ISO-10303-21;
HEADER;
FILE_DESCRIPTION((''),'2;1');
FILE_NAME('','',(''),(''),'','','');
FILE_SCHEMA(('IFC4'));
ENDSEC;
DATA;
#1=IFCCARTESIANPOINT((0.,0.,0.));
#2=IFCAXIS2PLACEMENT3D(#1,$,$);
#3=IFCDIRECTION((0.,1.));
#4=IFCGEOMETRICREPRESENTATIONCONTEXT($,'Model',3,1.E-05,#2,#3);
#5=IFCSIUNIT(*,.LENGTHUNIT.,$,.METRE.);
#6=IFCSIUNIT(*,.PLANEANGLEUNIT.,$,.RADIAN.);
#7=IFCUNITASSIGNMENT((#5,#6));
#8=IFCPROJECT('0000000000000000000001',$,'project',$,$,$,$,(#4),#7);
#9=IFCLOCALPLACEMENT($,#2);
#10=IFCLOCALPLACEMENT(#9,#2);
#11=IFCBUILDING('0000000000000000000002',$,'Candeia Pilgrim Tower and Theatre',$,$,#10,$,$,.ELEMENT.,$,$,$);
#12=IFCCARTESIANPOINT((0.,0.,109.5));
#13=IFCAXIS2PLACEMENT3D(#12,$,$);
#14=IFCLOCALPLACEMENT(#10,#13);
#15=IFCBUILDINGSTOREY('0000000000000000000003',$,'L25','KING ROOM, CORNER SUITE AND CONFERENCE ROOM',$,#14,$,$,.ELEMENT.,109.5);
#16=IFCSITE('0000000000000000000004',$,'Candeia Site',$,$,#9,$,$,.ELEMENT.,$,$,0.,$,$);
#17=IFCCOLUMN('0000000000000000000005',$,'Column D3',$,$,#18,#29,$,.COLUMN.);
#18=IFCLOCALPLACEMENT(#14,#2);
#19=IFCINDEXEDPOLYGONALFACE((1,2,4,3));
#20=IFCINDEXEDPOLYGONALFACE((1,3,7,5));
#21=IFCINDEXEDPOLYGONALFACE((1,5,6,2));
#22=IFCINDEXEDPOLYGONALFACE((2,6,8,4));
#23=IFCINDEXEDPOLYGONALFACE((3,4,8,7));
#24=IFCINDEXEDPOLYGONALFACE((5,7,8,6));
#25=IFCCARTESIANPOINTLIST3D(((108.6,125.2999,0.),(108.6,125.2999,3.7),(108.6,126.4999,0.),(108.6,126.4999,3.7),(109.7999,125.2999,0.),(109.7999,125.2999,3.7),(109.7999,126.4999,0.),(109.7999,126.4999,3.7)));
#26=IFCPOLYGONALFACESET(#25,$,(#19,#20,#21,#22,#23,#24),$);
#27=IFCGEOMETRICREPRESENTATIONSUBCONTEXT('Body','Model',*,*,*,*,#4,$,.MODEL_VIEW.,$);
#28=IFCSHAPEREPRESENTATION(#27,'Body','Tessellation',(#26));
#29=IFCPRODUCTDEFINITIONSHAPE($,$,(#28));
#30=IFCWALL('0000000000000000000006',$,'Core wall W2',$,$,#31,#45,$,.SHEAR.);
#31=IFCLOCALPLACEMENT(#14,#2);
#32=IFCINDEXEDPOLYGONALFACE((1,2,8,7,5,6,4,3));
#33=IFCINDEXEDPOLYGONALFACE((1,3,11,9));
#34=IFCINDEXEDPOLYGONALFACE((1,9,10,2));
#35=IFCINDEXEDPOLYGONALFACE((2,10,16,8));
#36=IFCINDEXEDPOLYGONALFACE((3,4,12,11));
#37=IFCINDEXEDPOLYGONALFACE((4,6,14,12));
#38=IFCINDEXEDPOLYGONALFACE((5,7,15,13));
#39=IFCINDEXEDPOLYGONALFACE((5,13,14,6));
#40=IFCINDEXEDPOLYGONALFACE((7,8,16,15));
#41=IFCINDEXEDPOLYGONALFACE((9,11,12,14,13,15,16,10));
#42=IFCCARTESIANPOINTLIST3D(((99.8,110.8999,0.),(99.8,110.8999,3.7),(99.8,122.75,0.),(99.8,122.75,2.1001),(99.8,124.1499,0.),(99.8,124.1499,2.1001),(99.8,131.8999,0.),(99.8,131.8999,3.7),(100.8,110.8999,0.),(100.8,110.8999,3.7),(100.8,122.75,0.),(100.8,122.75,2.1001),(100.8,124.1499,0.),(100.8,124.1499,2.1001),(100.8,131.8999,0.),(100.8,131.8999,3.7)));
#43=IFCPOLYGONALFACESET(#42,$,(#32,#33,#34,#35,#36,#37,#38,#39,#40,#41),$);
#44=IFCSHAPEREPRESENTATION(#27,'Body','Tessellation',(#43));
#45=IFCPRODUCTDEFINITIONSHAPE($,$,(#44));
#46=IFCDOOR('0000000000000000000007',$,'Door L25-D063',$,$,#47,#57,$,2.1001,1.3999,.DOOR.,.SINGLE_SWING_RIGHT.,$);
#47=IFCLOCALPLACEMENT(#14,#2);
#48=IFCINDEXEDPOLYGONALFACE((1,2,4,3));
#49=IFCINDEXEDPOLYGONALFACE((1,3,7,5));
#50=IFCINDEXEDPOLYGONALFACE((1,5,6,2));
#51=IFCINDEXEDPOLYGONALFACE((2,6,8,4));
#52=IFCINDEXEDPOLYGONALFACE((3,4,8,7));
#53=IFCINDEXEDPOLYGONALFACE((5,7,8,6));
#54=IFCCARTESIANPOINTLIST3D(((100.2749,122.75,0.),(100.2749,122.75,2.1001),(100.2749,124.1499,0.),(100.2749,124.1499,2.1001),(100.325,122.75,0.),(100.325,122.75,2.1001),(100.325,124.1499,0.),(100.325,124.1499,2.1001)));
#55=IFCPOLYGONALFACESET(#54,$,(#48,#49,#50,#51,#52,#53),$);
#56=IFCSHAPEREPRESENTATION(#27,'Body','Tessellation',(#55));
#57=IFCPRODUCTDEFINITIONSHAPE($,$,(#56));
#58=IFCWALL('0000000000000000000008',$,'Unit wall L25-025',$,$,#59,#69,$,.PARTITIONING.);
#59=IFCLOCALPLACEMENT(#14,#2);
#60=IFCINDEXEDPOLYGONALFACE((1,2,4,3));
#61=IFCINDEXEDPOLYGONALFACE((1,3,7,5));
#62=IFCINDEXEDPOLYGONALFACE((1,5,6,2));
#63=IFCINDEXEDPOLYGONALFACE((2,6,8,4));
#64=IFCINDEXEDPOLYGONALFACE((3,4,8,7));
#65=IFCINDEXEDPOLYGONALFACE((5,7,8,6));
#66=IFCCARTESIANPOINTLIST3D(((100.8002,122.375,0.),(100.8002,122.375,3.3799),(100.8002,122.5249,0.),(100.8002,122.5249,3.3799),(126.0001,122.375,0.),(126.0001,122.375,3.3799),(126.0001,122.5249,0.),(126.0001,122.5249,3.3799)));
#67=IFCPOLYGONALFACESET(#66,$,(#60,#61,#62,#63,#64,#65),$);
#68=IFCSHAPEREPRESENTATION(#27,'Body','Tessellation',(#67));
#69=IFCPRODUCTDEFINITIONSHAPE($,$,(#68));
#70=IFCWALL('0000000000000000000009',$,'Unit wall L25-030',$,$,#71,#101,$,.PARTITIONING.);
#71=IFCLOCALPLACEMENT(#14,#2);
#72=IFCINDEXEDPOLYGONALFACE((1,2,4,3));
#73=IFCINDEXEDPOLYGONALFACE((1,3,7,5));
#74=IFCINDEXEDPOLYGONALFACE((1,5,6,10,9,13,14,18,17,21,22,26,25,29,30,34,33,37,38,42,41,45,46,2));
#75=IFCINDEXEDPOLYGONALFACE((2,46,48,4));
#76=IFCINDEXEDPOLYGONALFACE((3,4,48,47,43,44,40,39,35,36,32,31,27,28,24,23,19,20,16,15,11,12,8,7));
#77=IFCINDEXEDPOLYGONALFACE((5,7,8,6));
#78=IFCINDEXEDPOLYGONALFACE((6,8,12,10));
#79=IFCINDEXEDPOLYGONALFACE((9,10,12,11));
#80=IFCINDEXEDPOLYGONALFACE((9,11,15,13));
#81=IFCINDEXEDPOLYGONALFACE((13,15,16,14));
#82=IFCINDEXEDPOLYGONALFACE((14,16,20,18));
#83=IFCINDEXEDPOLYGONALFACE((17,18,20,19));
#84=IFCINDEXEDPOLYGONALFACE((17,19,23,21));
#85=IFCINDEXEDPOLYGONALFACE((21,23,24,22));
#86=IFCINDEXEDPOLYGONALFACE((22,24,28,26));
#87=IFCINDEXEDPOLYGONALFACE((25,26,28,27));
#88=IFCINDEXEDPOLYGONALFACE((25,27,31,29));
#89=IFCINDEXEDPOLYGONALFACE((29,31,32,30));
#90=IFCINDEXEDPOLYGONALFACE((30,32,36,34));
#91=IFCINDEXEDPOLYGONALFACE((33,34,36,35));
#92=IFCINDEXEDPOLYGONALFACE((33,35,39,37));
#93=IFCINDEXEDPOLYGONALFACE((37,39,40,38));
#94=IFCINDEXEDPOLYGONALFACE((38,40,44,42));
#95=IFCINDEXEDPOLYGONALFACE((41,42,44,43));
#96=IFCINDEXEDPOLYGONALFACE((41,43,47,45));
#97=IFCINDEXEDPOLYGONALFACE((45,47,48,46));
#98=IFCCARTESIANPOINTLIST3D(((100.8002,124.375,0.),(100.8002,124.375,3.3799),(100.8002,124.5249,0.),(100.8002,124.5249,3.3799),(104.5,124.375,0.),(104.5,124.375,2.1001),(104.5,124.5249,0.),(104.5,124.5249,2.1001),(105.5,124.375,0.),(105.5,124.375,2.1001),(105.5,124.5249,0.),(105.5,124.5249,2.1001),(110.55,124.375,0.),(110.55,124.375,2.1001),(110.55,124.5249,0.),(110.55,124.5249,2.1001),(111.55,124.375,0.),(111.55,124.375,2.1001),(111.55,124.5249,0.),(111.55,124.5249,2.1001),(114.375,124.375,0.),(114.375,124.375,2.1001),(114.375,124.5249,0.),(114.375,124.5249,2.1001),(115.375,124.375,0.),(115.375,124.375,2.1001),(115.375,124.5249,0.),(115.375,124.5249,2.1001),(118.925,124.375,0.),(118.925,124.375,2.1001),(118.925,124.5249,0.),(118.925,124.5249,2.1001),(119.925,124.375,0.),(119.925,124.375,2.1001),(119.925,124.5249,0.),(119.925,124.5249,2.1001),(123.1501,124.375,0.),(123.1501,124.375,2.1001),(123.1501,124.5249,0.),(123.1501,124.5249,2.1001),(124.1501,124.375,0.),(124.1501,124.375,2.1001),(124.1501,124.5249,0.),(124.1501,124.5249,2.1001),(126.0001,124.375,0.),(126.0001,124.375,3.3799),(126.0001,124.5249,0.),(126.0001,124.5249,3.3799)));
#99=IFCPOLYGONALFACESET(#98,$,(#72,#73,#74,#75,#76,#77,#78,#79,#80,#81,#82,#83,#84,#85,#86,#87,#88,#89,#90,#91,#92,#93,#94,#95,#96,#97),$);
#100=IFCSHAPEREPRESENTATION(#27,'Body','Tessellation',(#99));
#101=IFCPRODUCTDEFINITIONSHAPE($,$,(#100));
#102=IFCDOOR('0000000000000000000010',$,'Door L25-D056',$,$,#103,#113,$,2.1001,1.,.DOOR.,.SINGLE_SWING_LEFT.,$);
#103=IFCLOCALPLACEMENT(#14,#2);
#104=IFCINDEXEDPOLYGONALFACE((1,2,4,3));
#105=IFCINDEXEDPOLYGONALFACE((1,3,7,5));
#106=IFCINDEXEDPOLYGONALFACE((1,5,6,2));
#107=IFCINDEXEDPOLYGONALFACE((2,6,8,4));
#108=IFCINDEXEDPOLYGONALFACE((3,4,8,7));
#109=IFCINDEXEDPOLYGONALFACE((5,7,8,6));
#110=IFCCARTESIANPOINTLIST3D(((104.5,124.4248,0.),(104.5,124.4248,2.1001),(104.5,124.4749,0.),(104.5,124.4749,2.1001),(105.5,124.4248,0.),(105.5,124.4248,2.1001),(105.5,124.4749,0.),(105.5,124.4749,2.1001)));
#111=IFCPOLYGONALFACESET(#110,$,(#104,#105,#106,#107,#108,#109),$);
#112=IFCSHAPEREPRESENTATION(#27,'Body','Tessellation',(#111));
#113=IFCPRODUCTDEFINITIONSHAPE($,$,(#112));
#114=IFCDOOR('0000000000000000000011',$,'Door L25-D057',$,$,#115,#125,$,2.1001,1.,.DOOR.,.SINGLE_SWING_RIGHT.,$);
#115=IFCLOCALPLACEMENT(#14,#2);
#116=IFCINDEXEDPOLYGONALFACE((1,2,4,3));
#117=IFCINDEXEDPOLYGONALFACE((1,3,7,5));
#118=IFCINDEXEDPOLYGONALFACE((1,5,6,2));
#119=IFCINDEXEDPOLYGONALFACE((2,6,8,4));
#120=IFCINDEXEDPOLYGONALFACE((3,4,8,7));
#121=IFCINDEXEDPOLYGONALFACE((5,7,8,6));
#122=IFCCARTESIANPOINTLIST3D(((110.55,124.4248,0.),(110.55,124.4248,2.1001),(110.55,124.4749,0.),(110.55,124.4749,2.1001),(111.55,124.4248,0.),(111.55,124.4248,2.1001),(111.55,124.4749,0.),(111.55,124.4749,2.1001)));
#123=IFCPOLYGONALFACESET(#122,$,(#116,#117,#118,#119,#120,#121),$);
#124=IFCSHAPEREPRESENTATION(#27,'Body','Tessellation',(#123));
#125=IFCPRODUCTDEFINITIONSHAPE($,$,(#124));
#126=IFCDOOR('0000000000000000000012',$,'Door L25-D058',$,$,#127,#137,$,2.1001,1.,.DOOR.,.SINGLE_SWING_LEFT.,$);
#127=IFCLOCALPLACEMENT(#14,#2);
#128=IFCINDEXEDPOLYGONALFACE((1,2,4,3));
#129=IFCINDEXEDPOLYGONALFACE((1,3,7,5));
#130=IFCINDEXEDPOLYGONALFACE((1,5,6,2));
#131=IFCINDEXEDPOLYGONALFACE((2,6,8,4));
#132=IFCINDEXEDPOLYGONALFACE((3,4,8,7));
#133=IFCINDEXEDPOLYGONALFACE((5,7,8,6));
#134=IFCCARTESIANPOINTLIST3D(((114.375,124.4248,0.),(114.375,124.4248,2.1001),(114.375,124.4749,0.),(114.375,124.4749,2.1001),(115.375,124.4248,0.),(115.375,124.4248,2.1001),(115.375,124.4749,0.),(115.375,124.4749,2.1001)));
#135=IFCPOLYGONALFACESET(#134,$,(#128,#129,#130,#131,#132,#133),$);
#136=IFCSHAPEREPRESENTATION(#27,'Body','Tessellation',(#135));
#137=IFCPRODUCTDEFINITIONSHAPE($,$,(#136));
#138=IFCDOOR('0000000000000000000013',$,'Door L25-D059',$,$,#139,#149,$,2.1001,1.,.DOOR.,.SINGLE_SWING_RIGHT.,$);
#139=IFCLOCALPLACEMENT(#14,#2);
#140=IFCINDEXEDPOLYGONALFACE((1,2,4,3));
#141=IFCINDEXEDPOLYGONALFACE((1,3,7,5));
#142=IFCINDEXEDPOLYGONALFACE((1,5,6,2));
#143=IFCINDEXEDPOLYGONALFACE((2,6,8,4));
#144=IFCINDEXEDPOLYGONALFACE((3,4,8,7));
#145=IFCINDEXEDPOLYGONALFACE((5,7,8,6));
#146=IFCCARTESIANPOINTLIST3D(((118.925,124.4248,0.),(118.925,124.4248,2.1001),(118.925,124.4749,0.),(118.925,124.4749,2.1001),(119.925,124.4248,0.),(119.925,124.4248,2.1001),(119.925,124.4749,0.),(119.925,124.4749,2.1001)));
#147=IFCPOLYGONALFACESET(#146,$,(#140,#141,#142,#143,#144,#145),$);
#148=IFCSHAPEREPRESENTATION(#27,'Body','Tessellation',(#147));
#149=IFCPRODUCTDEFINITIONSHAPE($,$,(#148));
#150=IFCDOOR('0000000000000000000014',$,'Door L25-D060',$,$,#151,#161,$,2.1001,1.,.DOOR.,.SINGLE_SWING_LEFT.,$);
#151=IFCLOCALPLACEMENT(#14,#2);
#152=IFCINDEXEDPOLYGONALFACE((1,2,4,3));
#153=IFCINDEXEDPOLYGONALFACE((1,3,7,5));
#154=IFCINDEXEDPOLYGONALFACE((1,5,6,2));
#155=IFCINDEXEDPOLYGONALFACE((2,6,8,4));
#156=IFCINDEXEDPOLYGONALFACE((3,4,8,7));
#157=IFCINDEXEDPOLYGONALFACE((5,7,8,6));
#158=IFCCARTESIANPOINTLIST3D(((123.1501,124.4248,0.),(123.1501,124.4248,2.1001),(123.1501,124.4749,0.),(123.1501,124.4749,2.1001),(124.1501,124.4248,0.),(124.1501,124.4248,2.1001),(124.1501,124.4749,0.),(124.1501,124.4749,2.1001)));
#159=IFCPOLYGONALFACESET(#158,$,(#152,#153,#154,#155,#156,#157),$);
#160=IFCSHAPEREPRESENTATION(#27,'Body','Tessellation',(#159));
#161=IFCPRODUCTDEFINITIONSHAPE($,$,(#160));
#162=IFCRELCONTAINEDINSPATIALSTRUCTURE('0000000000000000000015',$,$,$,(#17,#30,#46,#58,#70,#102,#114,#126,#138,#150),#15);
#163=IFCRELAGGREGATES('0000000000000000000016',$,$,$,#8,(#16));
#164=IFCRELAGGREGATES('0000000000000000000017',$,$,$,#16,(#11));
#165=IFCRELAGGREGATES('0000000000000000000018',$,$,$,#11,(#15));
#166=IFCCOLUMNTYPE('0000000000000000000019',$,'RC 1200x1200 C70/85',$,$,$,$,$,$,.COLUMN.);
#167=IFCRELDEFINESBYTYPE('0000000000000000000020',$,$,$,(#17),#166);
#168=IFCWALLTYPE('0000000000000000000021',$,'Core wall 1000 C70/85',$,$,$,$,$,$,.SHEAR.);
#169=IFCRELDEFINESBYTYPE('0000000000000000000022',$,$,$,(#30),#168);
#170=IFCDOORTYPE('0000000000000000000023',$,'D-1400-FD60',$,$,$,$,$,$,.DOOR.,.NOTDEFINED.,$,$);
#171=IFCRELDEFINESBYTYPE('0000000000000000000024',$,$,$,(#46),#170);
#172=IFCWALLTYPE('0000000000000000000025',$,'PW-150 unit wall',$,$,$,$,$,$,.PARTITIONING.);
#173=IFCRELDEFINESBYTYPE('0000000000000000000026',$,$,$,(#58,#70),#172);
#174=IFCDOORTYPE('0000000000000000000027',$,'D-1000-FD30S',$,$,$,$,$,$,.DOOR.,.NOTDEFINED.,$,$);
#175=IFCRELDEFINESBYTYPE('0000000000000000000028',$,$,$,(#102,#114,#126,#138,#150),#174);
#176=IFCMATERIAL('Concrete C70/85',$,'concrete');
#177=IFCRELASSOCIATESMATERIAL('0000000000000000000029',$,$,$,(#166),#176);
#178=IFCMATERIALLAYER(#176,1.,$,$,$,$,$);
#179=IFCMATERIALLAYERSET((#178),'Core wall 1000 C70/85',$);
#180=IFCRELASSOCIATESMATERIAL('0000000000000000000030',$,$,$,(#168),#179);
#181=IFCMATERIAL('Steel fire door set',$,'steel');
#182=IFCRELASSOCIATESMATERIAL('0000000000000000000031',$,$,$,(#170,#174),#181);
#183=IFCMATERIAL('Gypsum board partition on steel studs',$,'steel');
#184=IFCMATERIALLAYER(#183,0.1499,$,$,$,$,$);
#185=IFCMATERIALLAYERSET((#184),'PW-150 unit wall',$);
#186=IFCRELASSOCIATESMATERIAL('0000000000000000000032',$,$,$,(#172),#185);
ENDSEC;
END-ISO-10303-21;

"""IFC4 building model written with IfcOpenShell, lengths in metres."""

from ifc_helpers import new_model, si_unit, direction, frame, frame_2d, origin, origin_2d, place, context, subcontext, project, spatial, rectangle, extrude, material, layer, layer_set, material_profile, profile_set, type_object, element, fill, save


model = new_model("IFC4")

# Units and contexts
model_context = context("Model", 3, precision=1e-05, world=origin(), true_north=direction((0.0, 1.0)))
body_context = subcontext(model_context, "Body", "Model", "MODEL_VIEW")
ifc_project = project(units=[si_unit("LENGTHUNIT", "METRE"), si_unit("PLANEANGLEUNIT", "RADIAN")], contexts=[model_context])

# Site, building, storey
site_placement = place(None, origin())
site = spatial("IfcSite", under=ifc_project, at=site_placement, Name="Candeia Site", CompositionType="ELEMENT", RefElevation=0.0)
building_placement = place(site_placement, origin())
building = spatial("IfcBuilding", under=site, at=building_placement, Name="Candeia Pilgrim Tower and Theatre", CompositionType="ELEMENT")
storey_placement = place(building_placement, frame((0.0, 0.0, 109.5)))
storey = spatial("IfcBuildingStorey", under=building, at=storey_placement, Name="L25", Description="KING ROOM, CORNER SUITE AND CONFERENCE ROOM", CompositionType="ELEMENT", Elevation=109.5)

# Column
ifc_material_1 = material(Name="Concrete C70/85", Category="concrete")
ifc_material_profile = material_profile(ifc_material_1, rectangle(XDim=1.2, YDim=1.2, at=origin_2d()))
ifc_profile_set = profile_set([ifc_material_profile], Name="Concrete C70/85")
column_type = type_object("IfcColumnType", Name="RC 1200x1200 C70/85", PredefinedType="COLUMN", material=ifc_profile_set)
column_placement = place(storey_placement, frame((109.2, 125.8999, 0.0), z_axis=(0.0, 0.0, 1.0), x_axis=(1.0, 0.0, 0.0)))
element("IfcColumn", 1, at=column_placement, inside=storey, type_object=column_type, Name="Column D3", PredefinedType="COLUMN", context=body_context, shape_type="SweptSolid", body=[
    extrude(rectangle(XDim=1.2, YDim=1.2, at=origin_2d()), origin(), (0.0, 0.0, 1.0), 3.7),
])

# Wall, opening, door
ifc_layer_1 = layer(ifc_material_1, 1.0)
ifc_layer_set_1 = layer_set([ifc_layer_1], Name="Core wall 1000 C70/85")
wall_type_1 = type_object("IfcWallType", Name="Core wall 1000 C70/85", PredefinedType="SHEAR", material=ifc_layer_set_1)
wall_1_placement = place(storey_placement, frame((100.3, 131.8999, 0.0), z_axis=(0.0, 0.0, 1.0), x_axis=(0.0, -1.0, 0.0)))
wall_1 = element("IfcWall", 2, at=wall_1_placement, inside=storey, type_object=wall_type_1, Name="Core wall W2", PredefinedType="SHEAR", context=body_context, shape_type="SweptSolid", body=[
    extrude(rectangle(XDim=21.0, YDim=1.0, at=frame_2d((10.5, 0.0))), origin(), (0.0, 0.0, 1.0), 3.7),
])
opening_1_placement = place(wall_1_placement, frame((7.75, 0.0, 0.0)))
opening_1 = element("IfcOpeningElement", 3, at=opening_1_placement, cuts=wall_1, PredefinedType="OPENING", context=body_context, shape_type="SweptSolid", body=[
    extrude(rectangle(XDim=1.3999, YDim=2.1001, at=frame_2d((0.7, 1.05))), frame((0.0, 0.51, 0.0), z_axis=(0.0, -1.0, 0.0), x_axis=(1.0, 0.0, 0.0)), (0.0, 0.0, 1.0), 1.02),
])
ifc_material_2 = material(Name="Steel fire door set", Category="steel")
door_type_1 = type_object("IfcDoorType", Name="D-1400-FD60", OperationType="NOTDEFINED", PredefinedType="DOOR", material=ifc_material_2)
door_1_placement = place(opening_1_placement, origin())
door_1 = element("IfcDoor", 4, at=door_1_placement, inside=storey, type_object=door_type_1, Name="Door L25-D063", OperationType="SINGLE_SWING_RIGHT", OverallHeight=2.1001, OverallWidth=1.3999, PredefinedType="DOOR", context=body_context, shape_type="SweptSolid", body=[
    extrude(rectangle(XDim=1.3999, YDim=2.1001, at=frame_2d((0.7, 1.05))), frame((0.0, 0.0249, 0.0), z_axis=(0.0, -1.0, 0.0), x_axis=(1.0, 0.0, 0.0)), (0.0, 0.0, 1.0), 0.05),
])
fill(opening_1, door_1)

# Wall
ifc_material_3 = material(Name="Gypsum board partition on steel studs", Category="steel")
ifc_layer_2 = layer(ifc_material_3, 0.1499)
ifc_layer_set_2 = layer_set([ifc_layer_2], Name="PW-150 unit wall")
wall_type_2 = type_object("IfcWallType", Name="PW-150 unit wall", PredefinedType="PARTITIONING", material=ifc_layer_set_2)
wall_2_placement = place(storey_placement, frame((100.8, 122.45, 0.0), z_axis=(0.0, 0.0, 1.0), x_axis=(1.0, 0.0, 0.0)))
element("IfcWall", 5, at=wall_2_placement, inside=storey, type_object=wall_type_2, Name="Unit wall L25-025", PredefinedType="PARTITIONING", context=body_context, shape_type="SweptSolid", body=[
    extrude(rectangle(XDim=25.2, YDim=0.1499, at=frame_2d((12.6001, 0.0))), origin(), (0.0, 0.0, 1.0), 3.3799),
])

# Wall, openings, doors
wall_3_placement = place(storey_placement, frame((100.8, 124.45, 0.0), z_axis=(0.0, 0.0, 1.0), x_axis=(1.0, 0.0, 0.0)))
wall_3 = element("IfcWall", 6, at=wall_3_placement, inside=storey, type_object=wall_type_2, Name="Unit wall L25-030", PredefinedType="PARTITIONING", context=body_context, shape_type="SweptSolid", body=[
    extrude(rectangle(XDim=25.2, YDim=0.1499, at=frame_2d((12.6001, 0.0))), origin(), (0.0, 0.0, 1.0), 3.3799),
])
opening_2_placement = place(wall_3_placement, frame((3.7, 0.0, 0.0)))
opening_2 = element("IfcOpeningElement", 7, at=opening_2_placement, cuts=wall_3, PredefinedType="OPENING", context=body_context, shape_type="SweptSolid", body=[
    extrude(rectangle(XDim=1.0, YDim=2.1001, at=frame_2d((0.5, 1.05))), frame((0.0, 0.085, 0.0), z_axis=(0.0, -1.0, 0.0), x_axis=(1.0, 0.0, 0.0)), (0.0, 0.0, 1.0), 0.1699),
])
opening_3_placement = place(wall_3_placement, frame((9.75, 0.0, 0.0)))
opening_3 = element("IfcOpeningElement", 8, at=opening_3_placement, cuts=wall_3, PredefinedType="OPENING", context=body_context, shape_type="SweptSolid", body=[
    extrude(rectangle(XDim=1.0, YDim=2.1001, at=frame_2d((0.5, 1.05))), frame((0.0, 0.085, 0.0), z_axis=(0.0, -1.0, 0.0), x_axis=(1.0, 0.0, 0.0)), (0.0, 0.0, 1.0), 0.1699),
])
opening_4_placement = place(wall_3_placement, frame((13.575, 0.0, 0.0)))
opening_4 = element("IfcOpeningElement", 9, at=opening_4_placement, cuts=wall_3, PredefinedType="OPENING", context=body_context, shape_type="SweptSolid", body=[
    extrude(rectangle(XDim=1.0, YDim=2.1001, at=frame_2d((0.5, 1.05))), frame((0.0, 0.085, 0.0), z_axis=(0.0, -1.0, 0.0), x_axis=(1.0, 0.0, 0.0)), (0.0, 0.0, 1.0), 0.1699),
])
opening_5_placement = place(wall_3_placement, frame((18.125, 0.0, 0.0)))
opening_5 = element("IfcOpeningElement", 10, at=opening_5_placement, cuts=wall_3, PredefinedType="OPENING", context=body_context, shape_type="SweptSolid", body=[
    extrude(rectangle(XDim=1.0, YDim=2.1001, at=frame_2d((0.5, 1.05))), frame((0.0, 0.085, 0.0), z_axis=(0.0, -1.0, 0.0), x_axis=(1.0, 0.0, 0.0)), (0.0, 0.0, 1.0), 0.1699),
])
opening_6_placement = place(wall_3_placement, frame((22.3501, 0.0, 0.0)))
opening_6 = element("IfcOpeningElement", 11, at=opening_6_placement, cuts=wall_3, PredefinedType="OPENING", context=body_context, shape_type="SweptSolid", body=[
    extrude(rectangle(XDim=1.0, YDim=2.1001, at=frame_2d((0.5, 1.05))), frame((0.0, 0.085, 0.0), z_axis=(0.0, -1.0, 0.0), x_axis=(1.0, 0.0, 0.0)), (0.0, 0.0, 1.0), 0.1699),
])
door_type_2 = type_object("IfcDoorType", Name="D-1000-FD30S", OperationType="NOTDEFINED", PredefinedType="DOOR", material=ifc_material_2)
door_2_placement = place(opening_2_placement, origin())
door_2 = element("IfcDoor", 12, at=door_2_placement, inside=storey, type_object=door_type_2, Name="Door L25-D056", OperationType="SINGLE_SWING_LEFT", OverallHeight=2.1001, OverallWidth=1.0, PredefinedType="DOOR", context=body_context, shape_type="SweptSolid", body=[
    extrude(rectangle(XDim=1.0, YDim=2.1001, at=frame_2d((0.5, 1.05))), frame((0.0, 0.0249, 0.0), z_axis=(0.0, -1.0, 0.0), x_axis=(1.0, 0.0, 0.0)), (0.0, 0.0, 1.0), 0.05),
])
fill(opening_2, door_2)
door_3_placement = place(opening_3_placement, origin())
door_3 = element("IfcDoor", 13, at=door_3_placement, inside=storey, type_object=door_type_2, Name="Door L25-D057", OperationType="SINGLE_SWING_RIGHT", OverallHeight=2.1001, OverallWidth=1.0, PredefinedType="DOOR", context=body_context, shape_type="SweptSolid", body=[
    extrude(rectangle(XDim=1.0, YDim=2.1001, at=frame_2d((0.5, 1.05))), frame((0.0, 0.0249, 0.0), z_axis=(0.0, -1.0, 0.0), x_axis=(1.0, 0.0, 0.0)), (0.0, 0.0, 1.0), 0.05),
])
fill(opening_3, door_3)
door_4_placement = place(opening_4_placement, origin())
door_4 = element("IfcDoor", 14, at=door_4_placement, inside=storey, type_object=door_type_2, Name="Door L25-D058", OperationType="SINGLE_SWING_LEFT", OverallHeight=2.1001, OverallWidth=1.0, PredefinedType="DOOR", context=body_context, shape_type="SweptSolid", body=[
    extrude(rectangle(XDim=1.0, YDim=2.1001, at=frame_2d((0.5, 1.05))), frame((0.0, 0.0249, 0.0), z_axis=(0.0, -1.0, 0.0), x_axis=(1.0, 0.0, 0.0)), (0.0, 0.0, 1.0), 0.05),
])
fill(opening_4, door_4)
door_5_placement = place(opening_5_placement, origin())
door_5 = element("IfcDoor", 15, at=door_5_placement, inside=storey, type_object=door_type_2, Name="Door L25-D059", OperationType="SINGLE_SWING_RIGHT", OverallHeight=2.1001, OverallWidth=1.0, PredefinedType="DOOR", context=body_context, shape_type="SweptSolid", body=[
    extrude(rectangle(XDim=1.0, YDim=2.1001, at=frame_2d((0.5, 1.05))), frame((0.0, 0.0249, 0.0), z_axis=(0.0, -1.0, 0.0), x_axis=(1.0, 0.0, 0.0)), (0.0, 0.0, 1.0), 0.05),
])
fill(opening_5, door_5)
door_6_placement = place(opening_6_placement, origin())
door_6 = element("IfcDoor", 16, at=door_6_placement, inside=storey, type_object=door_type_2, Name="Door L25-D060", OperationType="SINGLE_SWING_LEFT", OverallHeight=2.1001, OverallWidth=1.0, PredefinedType="DOOR", context=body_context, shape_type="SweptSolid", body=[
    extrude(rectangle(XDim=1.0, YDim=2.1001, at=frame_2d((0.5, 1.05))), frame((0.0, 0.0249, 0.0), z_axis=(0.0, -1.0, 0.0), x_axis=(1.0, 0.0, 0.0)), (0.0, 0.0, 1.0), 0.05),
])
fill(opening_6, door_6)

save(model, "model.ifc")
